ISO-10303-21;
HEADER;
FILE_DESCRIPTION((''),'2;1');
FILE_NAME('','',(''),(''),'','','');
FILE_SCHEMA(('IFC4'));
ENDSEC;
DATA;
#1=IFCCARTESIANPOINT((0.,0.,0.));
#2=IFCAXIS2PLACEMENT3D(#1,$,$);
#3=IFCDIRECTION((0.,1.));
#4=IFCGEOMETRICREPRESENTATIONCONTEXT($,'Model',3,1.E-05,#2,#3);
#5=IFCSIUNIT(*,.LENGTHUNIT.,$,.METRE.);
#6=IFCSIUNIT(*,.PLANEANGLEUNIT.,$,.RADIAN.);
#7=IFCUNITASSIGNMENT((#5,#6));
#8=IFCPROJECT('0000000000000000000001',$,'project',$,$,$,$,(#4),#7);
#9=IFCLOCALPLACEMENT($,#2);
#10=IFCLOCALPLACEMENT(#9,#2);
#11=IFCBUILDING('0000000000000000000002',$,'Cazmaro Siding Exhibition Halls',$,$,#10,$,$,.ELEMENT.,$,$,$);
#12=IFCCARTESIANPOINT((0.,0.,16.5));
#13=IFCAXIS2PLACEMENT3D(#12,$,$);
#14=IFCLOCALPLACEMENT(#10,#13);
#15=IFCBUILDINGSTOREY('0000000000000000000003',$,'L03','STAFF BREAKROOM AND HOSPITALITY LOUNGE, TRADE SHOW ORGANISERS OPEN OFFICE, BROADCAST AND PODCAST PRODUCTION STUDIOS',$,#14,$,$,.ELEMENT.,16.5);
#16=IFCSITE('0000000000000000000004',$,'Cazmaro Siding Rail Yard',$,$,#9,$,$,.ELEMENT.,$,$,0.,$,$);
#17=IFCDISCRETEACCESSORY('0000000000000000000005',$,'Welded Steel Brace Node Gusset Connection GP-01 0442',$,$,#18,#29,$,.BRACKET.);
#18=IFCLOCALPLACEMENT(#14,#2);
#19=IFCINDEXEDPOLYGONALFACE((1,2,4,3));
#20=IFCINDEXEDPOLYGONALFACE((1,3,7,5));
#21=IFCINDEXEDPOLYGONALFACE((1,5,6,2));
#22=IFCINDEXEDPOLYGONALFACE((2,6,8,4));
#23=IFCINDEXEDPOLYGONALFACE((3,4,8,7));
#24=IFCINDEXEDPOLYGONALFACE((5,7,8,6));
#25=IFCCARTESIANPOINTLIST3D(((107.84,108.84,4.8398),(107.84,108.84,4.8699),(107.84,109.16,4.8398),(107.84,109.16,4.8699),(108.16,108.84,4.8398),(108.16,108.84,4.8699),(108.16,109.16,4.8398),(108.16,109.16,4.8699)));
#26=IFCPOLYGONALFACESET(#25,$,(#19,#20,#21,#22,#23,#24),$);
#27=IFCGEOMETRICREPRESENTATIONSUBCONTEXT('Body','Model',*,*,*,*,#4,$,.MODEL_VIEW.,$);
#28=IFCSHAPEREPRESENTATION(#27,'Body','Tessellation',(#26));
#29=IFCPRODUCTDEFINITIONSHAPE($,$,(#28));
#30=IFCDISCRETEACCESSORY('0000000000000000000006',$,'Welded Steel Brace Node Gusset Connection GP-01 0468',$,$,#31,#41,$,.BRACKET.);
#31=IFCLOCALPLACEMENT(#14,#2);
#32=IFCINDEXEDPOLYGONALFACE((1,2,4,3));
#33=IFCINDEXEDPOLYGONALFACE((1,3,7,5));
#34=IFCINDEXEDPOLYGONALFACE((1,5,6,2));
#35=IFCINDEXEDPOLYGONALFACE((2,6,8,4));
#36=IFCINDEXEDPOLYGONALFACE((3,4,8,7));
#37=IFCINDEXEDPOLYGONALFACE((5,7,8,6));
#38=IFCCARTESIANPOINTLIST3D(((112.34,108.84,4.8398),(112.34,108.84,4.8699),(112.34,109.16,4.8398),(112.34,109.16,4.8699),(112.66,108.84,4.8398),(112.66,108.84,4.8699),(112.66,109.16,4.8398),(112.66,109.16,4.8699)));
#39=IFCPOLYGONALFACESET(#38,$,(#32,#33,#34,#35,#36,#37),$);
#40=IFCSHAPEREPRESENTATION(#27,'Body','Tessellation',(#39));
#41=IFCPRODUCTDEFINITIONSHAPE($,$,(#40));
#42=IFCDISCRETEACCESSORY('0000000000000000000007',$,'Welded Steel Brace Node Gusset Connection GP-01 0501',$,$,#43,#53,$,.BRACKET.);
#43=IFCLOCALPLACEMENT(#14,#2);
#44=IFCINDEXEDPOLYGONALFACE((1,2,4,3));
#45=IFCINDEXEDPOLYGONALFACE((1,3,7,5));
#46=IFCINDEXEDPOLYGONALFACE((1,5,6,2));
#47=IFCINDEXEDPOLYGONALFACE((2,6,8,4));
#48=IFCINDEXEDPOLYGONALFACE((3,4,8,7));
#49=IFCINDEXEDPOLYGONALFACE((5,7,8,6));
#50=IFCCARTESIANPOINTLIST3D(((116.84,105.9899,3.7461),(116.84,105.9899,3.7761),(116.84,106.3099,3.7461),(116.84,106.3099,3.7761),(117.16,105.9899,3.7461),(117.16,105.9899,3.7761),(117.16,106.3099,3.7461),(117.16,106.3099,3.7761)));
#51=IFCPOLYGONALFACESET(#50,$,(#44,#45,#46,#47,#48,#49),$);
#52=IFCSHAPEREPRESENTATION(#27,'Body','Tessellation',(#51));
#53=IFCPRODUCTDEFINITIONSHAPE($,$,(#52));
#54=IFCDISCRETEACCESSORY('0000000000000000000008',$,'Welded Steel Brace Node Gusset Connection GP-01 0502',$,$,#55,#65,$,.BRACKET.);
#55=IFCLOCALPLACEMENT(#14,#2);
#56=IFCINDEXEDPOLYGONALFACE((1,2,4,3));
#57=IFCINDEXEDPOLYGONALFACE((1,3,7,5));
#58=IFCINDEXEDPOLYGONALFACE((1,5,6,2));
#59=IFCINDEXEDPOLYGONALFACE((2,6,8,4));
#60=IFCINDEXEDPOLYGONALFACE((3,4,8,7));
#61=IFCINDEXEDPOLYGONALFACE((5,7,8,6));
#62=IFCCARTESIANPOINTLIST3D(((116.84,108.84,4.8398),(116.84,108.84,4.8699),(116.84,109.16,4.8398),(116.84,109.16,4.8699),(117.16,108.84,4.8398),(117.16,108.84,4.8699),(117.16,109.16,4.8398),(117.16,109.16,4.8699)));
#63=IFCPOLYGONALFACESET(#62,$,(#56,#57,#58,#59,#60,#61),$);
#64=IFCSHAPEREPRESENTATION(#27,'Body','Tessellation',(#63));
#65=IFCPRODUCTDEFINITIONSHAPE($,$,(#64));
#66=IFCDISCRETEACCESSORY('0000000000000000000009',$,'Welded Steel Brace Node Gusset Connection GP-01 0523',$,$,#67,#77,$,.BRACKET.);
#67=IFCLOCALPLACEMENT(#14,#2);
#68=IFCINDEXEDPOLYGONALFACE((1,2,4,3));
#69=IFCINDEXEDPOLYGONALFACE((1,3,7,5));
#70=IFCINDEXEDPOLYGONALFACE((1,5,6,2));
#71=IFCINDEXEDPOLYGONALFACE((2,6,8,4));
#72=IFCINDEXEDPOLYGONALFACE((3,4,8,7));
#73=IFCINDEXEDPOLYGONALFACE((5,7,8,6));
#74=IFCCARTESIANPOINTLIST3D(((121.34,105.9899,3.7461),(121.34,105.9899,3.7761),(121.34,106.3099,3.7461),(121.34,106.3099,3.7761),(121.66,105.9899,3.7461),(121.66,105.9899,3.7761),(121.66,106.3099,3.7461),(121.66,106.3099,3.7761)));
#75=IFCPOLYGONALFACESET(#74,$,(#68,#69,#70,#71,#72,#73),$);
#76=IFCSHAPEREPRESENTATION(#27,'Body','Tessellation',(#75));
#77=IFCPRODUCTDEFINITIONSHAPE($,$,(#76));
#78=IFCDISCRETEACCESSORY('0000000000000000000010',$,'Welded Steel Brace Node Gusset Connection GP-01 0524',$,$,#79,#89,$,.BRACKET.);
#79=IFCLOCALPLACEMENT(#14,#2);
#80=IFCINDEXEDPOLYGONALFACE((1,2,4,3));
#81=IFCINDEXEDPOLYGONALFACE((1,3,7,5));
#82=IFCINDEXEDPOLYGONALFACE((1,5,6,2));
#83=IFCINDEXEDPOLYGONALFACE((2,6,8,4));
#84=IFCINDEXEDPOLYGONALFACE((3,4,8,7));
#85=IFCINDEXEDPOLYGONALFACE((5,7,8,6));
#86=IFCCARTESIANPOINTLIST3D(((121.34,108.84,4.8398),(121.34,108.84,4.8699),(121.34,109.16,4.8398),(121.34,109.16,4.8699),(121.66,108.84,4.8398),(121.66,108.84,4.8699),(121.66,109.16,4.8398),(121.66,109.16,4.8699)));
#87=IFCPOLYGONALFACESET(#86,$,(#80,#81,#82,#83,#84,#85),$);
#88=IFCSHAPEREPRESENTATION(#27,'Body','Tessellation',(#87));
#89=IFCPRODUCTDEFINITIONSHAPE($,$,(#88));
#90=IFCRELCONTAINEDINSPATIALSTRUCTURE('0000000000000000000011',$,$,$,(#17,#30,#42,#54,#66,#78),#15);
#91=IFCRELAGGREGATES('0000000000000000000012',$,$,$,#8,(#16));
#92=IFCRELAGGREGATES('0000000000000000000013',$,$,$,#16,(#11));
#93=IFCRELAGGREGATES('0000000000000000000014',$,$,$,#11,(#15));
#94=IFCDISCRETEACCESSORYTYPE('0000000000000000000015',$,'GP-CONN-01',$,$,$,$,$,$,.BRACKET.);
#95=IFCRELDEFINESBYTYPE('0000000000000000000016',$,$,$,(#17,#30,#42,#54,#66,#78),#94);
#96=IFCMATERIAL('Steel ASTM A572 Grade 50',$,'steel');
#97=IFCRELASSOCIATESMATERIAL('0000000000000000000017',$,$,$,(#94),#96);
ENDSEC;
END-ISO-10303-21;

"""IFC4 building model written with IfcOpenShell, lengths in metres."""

from ifc_helpers import new_model, si_unit, direction, frame, origin, origin_2d, place, context, subcontext, project, spatial, rectangle, extrude, material, type_object, element, save


model = new_model("IFC4")

# Units and contexts
model_context = context("Model", 3, precision=1e-05, world=origin(), true_north=direction((0.0, 1.0)))
body_context = subcontext(model_context, "Body", "Model", "MODEL_VIEW")
ifc_project = project(units=[si_unit("LENGTHUNIT", "METRE"), si_unit("PLANEANGLEUNIT", "RADIAN")], contexts=[model_context])

# Site, building, storey
site_placement = place(None, origin())
site = spatial("IfcSite", under=ifc_project, at=site_placement, Name="Cazmaro Siding Rail Yard", CompositionType="ELEMENT", RefElevation=0.0)
building_placement = place(site_placement, origin())
building = spatial("IfcBuilding", under=site, at=building_placement, Name="Cazmaro Siding Exhibition Halls", CompositionType="ELEMENT")
storey_placement = place(building_placement, frame((0.0, 0.0, 16.5)))
storey = spatial("IfcBuildingStorey", under=building, at=storey_placement, Name="L03", Description="STAFF BREAKROOM AND HOSPITALITY LOUNGE, TRADE SHOW ORGANISERS OPEN OFFICE, BROADCAST AND PODCAST PRODUCTION STUDIOS", CompositionType="ELEMENT", Elevation=16.5)

# Discrete accessories
ifc_material_1 = material(Name="Steel ASTM A572 Grade 50", Category="steel")
discrete_accessory_type = type_object("IfcDiscreteAccessoryType", Name="GP-CONN-01", PredefinedType="BRACKET", material=ifc_material_1)
for number, where, z_axis, x_axis, name in (
    (1, (108.0, 109.0, 4.8398), (0.0, 0.0, 1.0), (1.0, 0.0, 0.0), "Welded Steel Brace Node Gusset Connection GP-01 0442"),
    (2, (112.5, 109.0, 4.8398), (0.0, 0.0, 1.0), (1.0, 0.0, 0.0), "Welded Steel Brace Node Gusset Connection GP-01 0468"),
    (3, (117.0, 106.1499, 3.7461), (0.0, 0.0, 1.0), (1.0, 0.0, 0.0), "Welded Steel Brace Node Gusset Connection GP-01 0501"),
    (4, (117.0, 109.0, 4.8398), (0.0, 0.0, 1.0), (1.0, 0.0, 0.0), "Welded Steel Brace Node Gusset Connection GP-01 0502"),
    (5, (121.5, 106.1499, 3.7461), (0.0, 0.0, 1.0), (1.0, 0.0, 0.0), "Welded Steel Brace Node Gusset Connection GP-01 0523"),
    (6, (121.5, 109.0, 4.8398), (0.0, 0.0, 1.0), (1.0, 0.0, 0.0), "Welded Steel Brace Node Gusset Connection GP-01 0524"),
):
    element("IfcDiscreteAccessory", number, at=place(storey_placement, frame(where, z_axis=z_axis, x_axis=x_axis)), inside=storey, type_object=discrete_accessory_type, Name=name, PredefinedType="BRACKET", context=body_context, shape_type="SweptSolid", body=[
        extrude(rectangle(XDim=0.3201, YDim=0.3201, at=origin_2d()), origin(), (0.0, 0.0, 1.0), 0.03),
    ])

save(model, "model.ifc")
